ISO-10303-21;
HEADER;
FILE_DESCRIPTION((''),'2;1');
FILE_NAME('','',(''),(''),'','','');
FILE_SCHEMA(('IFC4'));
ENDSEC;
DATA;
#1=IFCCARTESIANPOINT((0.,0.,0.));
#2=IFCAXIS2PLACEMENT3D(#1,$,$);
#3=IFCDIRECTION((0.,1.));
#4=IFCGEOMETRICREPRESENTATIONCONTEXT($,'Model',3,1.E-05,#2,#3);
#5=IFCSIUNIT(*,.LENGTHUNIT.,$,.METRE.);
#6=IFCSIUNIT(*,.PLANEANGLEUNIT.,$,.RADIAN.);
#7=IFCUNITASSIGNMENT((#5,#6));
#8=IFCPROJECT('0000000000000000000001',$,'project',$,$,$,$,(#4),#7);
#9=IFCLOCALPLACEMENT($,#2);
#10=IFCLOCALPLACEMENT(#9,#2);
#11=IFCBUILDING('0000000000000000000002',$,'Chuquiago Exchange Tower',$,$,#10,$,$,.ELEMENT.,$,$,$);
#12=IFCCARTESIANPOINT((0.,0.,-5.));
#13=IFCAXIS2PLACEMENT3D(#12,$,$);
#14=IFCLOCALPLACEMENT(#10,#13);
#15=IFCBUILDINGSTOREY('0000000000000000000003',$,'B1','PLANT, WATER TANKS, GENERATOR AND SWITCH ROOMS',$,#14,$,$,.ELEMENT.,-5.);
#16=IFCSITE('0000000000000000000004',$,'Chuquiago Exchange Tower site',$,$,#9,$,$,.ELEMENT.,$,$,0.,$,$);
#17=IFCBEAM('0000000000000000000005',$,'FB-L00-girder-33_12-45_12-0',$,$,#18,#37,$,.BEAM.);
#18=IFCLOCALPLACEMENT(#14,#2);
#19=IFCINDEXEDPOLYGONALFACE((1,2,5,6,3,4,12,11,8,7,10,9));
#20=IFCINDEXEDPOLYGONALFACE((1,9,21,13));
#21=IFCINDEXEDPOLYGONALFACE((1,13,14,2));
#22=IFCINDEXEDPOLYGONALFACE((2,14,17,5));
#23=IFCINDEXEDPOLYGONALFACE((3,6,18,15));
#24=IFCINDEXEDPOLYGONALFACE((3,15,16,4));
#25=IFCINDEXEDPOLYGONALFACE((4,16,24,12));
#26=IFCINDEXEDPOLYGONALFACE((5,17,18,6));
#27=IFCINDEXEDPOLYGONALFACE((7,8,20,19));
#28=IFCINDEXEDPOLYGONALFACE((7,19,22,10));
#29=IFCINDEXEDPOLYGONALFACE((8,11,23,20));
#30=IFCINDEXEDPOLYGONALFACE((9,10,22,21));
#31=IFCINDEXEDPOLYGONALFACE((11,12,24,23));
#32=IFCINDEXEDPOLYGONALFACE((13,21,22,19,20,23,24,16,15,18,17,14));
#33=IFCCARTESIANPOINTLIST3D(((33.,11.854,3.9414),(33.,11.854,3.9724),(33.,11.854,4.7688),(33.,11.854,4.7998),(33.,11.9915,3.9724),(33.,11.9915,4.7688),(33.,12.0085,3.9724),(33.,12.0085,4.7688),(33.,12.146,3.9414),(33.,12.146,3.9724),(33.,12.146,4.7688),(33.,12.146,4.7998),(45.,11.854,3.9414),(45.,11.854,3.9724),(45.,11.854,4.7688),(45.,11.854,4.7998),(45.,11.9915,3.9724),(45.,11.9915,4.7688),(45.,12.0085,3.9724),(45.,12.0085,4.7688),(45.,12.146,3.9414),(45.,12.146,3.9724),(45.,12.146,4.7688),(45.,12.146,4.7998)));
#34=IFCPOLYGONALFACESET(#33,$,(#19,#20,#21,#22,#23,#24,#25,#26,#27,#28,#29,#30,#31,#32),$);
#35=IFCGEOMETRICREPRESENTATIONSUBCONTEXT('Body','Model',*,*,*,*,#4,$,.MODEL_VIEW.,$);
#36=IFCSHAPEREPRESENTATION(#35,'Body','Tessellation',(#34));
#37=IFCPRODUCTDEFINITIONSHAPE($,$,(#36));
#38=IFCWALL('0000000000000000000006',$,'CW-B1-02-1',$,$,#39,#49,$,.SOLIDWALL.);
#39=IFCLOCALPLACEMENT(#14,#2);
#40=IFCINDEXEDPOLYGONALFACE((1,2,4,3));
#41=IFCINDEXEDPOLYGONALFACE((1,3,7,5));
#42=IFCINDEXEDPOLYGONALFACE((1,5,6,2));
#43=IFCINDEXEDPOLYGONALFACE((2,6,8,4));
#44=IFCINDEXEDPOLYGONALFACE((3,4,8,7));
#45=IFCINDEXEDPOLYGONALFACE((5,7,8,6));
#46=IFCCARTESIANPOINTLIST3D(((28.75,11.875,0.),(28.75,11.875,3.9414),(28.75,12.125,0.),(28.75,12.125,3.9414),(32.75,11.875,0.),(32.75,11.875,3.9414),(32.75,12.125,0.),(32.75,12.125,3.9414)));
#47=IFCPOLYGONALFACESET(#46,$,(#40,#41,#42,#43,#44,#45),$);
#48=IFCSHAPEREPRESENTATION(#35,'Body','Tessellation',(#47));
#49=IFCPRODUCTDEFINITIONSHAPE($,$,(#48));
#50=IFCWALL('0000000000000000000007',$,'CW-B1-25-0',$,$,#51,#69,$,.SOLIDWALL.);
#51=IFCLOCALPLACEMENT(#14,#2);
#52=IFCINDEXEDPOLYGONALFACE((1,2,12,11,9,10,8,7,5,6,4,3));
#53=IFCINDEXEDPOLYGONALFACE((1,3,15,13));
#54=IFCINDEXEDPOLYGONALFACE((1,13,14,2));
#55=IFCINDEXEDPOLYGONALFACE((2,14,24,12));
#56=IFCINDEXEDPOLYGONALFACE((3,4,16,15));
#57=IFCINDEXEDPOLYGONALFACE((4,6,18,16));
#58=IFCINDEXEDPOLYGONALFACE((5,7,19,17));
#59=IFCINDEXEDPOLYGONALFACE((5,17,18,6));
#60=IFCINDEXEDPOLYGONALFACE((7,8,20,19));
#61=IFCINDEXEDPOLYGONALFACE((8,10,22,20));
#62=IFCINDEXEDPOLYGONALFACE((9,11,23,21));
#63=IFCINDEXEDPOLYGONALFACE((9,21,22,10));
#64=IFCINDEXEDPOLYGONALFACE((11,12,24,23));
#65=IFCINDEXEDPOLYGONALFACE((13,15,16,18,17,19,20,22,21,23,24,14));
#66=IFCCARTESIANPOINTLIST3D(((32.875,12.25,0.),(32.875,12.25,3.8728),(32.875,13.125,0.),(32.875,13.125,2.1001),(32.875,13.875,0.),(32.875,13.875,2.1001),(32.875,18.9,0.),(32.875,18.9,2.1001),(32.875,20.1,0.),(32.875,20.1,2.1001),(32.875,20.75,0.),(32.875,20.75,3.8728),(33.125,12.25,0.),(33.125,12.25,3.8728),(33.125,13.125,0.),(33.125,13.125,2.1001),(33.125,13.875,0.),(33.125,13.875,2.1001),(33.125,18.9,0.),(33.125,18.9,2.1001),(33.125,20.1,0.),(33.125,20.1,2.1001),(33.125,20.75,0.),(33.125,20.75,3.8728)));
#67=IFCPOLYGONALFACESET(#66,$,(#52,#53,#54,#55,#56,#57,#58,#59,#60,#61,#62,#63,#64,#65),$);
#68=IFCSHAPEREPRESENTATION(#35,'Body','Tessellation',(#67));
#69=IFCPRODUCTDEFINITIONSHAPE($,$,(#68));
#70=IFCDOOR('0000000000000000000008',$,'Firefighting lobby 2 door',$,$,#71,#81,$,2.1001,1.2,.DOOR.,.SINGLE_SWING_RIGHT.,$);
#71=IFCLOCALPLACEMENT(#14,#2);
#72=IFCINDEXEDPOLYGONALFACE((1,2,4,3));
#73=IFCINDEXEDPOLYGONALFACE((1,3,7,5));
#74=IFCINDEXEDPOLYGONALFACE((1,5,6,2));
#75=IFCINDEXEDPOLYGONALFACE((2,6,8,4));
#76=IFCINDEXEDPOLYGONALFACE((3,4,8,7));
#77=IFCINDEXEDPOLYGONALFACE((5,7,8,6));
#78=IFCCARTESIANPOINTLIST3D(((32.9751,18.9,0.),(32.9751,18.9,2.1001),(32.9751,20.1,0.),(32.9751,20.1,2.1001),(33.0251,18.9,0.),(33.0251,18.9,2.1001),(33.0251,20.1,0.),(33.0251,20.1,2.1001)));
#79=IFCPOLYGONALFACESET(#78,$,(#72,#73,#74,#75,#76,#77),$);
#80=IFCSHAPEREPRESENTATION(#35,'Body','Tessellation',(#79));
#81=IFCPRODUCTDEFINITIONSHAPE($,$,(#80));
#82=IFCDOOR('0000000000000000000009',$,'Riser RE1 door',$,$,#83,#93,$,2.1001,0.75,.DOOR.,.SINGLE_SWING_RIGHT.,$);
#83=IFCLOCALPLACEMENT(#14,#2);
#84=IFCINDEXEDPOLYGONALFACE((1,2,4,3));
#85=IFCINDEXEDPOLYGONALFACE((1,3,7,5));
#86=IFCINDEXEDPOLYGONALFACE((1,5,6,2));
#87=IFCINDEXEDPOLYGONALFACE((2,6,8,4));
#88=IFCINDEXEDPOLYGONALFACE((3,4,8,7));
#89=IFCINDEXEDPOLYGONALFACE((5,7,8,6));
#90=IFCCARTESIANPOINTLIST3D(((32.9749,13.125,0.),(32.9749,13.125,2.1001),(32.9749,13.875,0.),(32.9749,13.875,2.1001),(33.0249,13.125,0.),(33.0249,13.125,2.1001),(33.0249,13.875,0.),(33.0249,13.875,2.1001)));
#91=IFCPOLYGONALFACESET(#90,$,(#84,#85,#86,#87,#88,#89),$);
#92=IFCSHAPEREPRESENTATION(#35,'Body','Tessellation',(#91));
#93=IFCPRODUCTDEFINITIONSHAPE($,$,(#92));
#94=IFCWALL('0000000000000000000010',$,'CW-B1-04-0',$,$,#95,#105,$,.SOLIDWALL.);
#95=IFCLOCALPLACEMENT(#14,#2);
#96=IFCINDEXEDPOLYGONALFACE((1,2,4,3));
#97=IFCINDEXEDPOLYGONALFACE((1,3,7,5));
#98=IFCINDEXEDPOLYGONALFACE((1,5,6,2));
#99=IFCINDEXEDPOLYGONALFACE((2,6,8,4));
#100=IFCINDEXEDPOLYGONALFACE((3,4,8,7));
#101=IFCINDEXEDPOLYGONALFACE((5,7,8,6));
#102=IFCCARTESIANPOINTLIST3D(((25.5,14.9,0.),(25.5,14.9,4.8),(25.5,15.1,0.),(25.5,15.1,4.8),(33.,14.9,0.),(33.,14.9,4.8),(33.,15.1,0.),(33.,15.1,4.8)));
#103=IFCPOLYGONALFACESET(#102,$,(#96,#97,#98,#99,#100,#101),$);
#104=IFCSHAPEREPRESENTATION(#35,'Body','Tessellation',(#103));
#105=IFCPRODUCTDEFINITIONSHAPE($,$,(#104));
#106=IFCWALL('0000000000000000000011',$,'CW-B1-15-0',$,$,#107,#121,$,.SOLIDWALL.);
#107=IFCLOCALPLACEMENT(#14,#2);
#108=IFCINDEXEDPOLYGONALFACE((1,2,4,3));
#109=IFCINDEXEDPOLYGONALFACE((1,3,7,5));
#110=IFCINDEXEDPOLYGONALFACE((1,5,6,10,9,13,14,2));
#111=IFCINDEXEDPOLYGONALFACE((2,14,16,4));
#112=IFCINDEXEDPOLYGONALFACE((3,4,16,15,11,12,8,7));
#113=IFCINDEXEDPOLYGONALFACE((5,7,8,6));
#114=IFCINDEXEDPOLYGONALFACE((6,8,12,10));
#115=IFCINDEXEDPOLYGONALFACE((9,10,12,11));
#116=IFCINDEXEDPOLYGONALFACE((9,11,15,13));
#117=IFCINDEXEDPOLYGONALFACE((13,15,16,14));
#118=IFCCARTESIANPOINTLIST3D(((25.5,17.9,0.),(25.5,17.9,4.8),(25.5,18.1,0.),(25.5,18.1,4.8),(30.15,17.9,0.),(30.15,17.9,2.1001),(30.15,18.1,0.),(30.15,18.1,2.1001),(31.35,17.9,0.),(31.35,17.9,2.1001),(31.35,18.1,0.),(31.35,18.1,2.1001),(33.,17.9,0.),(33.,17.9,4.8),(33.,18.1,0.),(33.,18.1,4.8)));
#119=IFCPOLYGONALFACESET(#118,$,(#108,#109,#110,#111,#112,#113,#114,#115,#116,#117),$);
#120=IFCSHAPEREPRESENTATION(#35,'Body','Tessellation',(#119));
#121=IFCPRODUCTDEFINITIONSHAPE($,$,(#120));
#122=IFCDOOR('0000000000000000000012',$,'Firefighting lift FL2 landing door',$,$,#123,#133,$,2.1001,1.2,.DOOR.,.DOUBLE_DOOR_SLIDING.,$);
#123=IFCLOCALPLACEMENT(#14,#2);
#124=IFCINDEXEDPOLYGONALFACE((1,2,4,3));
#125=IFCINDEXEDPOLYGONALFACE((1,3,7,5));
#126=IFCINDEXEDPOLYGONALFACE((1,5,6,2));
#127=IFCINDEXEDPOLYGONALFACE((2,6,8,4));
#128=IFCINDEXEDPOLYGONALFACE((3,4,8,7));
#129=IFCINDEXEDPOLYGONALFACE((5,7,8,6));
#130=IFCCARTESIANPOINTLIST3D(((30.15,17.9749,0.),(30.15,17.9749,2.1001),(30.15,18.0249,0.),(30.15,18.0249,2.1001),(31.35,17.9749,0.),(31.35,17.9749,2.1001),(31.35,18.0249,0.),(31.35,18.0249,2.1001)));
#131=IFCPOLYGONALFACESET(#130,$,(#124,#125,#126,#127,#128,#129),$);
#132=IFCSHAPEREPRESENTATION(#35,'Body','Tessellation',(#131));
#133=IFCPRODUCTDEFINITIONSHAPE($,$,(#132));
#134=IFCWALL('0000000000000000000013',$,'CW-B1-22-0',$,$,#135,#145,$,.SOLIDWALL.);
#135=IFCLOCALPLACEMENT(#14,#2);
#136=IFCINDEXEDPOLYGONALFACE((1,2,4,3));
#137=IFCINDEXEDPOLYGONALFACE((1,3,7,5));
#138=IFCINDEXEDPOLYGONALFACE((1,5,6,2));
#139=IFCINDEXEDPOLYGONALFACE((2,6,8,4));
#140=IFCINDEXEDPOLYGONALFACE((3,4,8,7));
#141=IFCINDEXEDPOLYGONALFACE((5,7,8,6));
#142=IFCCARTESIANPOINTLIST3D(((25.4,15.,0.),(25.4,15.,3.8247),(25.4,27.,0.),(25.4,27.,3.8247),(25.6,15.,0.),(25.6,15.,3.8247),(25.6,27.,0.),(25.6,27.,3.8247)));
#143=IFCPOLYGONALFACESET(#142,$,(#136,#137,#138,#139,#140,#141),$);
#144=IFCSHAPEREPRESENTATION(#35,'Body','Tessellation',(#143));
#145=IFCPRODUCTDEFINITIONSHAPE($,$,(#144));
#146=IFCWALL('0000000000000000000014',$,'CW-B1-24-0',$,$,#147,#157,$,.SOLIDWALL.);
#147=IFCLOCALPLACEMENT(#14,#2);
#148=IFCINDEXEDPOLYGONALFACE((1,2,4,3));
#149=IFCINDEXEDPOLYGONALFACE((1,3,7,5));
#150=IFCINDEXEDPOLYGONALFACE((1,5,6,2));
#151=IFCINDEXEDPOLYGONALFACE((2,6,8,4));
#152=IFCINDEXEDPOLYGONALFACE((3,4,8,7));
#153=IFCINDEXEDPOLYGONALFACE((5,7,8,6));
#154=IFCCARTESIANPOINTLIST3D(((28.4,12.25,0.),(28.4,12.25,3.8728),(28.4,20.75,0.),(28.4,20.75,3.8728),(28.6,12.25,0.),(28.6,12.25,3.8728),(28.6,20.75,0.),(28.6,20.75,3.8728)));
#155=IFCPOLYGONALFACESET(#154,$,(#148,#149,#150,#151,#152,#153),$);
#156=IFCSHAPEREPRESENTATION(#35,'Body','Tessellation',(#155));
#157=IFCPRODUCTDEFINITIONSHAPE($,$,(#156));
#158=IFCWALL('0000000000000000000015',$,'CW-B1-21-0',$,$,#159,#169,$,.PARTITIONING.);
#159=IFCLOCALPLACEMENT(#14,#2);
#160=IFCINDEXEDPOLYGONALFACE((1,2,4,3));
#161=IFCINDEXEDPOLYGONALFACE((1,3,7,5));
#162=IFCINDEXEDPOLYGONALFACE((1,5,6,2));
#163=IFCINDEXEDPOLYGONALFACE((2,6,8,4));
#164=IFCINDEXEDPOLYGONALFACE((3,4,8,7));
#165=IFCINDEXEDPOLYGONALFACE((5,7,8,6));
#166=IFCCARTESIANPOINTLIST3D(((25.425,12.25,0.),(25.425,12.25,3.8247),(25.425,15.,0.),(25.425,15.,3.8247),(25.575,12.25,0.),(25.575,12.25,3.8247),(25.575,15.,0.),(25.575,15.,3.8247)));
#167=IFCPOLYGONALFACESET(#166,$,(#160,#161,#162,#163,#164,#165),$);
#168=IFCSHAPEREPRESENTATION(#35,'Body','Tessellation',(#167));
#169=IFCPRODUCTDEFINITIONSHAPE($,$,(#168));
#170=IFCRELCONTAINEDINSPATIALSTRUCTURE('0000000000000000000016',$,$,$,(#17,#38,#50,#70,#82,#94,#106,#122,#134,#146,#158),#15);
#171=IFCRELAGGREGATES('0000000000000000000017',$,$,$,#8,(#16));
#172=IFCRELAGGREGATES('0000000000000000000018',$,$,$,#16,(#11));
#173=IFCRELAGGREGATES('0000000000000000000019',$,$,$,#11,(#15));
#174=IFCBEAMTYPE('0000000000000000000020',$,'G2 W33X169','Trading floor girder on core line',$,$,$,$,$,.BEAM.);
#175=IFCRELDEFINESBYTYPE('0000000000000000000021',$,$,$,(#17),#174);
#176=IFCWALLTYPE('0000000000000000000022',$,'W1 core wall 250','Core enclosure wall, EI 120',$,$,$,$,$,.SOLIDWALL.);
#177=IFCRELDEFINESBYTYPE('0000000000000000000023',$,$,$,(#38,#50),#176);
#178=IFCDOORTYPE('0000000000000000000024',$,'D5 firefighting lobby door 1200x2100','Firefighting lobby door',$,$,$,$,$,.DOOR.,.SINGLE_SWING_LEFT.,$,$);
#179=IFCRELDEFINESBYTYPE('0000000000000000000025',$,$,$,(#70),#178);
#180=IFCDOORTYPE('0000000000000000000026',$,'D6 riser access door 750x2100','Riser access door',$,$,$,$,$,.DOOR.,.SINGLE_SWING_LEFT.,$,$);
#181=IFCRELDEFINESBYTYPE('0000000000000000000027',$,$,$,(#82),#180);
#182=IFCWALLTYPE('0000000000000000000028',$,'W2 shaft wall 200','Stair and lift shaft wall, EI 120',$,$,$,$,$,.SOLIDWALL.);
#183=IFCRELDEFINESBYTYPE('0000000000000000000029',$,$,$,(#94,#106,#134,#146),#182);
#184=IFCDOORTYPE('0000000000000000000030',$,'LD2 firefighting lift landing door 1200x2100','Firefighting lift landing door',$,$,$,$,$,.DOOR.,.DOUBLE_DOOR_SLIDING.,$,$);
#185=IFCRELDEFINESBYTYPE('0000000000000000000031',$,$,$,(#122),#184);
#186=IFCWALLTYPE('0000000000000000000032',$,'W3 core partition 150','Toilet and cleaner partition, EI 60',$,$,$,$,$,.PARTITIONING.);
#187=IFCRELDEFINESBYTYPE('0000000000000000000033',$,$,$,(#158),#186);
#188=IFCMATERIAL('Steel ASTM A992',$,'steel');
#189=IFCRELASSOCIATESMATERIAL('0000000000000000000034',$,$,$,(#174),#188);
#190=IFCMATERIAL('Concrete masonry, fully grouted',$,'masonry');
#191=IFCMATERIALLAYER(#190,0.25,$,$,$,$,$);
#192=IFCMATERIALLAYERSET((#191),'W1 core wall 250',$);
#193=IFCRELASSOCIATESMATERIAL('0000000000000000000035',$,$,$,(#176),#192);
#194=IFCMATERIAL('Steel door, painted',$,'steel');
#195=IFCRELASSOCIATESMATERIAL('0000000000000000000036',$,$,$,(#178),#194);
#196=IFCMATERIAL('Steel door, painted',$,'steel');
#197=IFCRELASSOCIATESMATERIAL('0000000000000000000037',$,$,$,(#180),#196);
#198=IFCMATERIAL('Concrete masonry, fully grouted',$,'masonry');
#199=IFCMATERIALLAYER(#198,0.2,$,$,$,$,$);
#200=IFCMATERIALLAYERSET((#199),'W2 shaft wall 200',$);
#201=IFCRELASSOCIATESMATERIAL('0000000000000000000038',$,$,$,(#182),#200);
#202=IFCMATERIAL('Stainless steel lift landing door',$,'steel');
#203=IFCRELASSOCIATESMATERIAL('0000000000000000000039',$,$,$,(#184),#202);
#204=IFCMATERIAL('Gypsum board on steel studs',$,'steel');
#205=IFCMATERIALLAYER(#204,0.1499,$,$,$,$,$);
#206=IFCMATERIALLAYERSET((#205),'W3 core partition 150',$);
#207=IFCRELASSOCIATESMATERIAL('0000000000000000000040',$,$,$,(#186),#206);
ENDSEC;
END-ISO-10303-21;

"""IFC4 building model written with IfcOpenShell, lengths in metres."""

from ifc_helpers import new_model, si_unit, direction, frame, frame_2d, origin, origin_2d, place, context, subcontext, project, spatial, rectangle, i_section, extrude, material, layer, layer_set, material_profile, profile_set, type_object, element, fill, save


model = new_model("IFC4")

# Units and contexts
model_context = context("Model", 3, precision=1e-05, world=origin(), true_north=direction((0.0, 1.0)))
body_context = subcontext(model_context, "Body", "Model", "MODEL_VIEW")
ifc_project = project(units=[si_unit("LENGTHUNIT", "METRE"), si_unit("PLANEANGLEUNIT", "RADIAN")], contexts=[model_context])

# Site, building, storey
site_placement = place(None, origin())
site = spatial("IfcSite", under=ifc_project, at=site_placement, Name="Chuquiago Exchange Tower site", CompositionType="ELEMENT", RefElevation=0.0)
building_placement = place(site_placement, origin())
building = spatial("IfcBuilding", under=site, at=building_placement, Name="Chuquiago Exchange Tower", CompositionType="ELEMENT")
storey_placement = place(building_placement, frame((0.0, 0.0, -5.0)))
storey = spatial("IfcBuildingStorey", under=building, at=storey_placement, Name="B1", Description="PLANT, WATER TANKS, GENERATOR AND SWITCH ROOMS", CompositionType="ELEMENT", Elevation=-5.0)

# Beam
ifc_material_1 = material(Name="Steel ASTM A992", Category="steel")
ifc_material_profile_1 = material_profile(ifc_material_1, i_section(OverallWidth=0.292, OverallDepth=0.8584, WebThickness=0.0171, FlangeThickness=0.031, at=origin_2d()), Name="W33X169")
ifc_profile_set_1 = profile_set([ifc_material_profile_1], Name="Steel ASTM A992")
beam_type_1 = type_object("IfcBeamType", Name="G2 W33X169", Description="Trading floor girder on core line", PredefinedType="BEAM", material=ifc_profile_set_1)
for number, where, z_axis, x_axis, name in (
    (1, (33.0, 12.0, 4.3706), (1.0, 0.0, 0.0), (0.0, 1.0, 0.0), "FB-L00-girder-33_12-45_12-0"),
):
    element("IfcBeam", number, at=place(storey_placement, frame(where, z_axis=z_axis, x_axis=x_axis)), inside=storey, type_object=beam_type_1, Name=name, PredefinedType="BEAM", context=body_context, shape_type="SweptSolid", body=[
        extrude(i_section(OverallWidth=0.292, OverallDepth=0.8584, WebThickness=0.0171, FlangeThickness=0.031, at=origin_2d()), origin(), (0.0, 0.0, 1.0), 12.0),
    ])

# Wall
ifc_material_2 = material(Name="Concrete masonry, fully grouted", Category="masonry")
ifc_layer_1 = layer(ifc_material_2, 0.25)
ifc_layer_set_1 = layer_set([ifc_layer_1], Name="W1 core wall 250")
wall_type_1 = type_object("IfcWallType", Name="W1 core wall 250", Description="Core enclosure wall, EI 120", PredefinedType="SOLIDWALL", material=ifc_layer_set_1)
wall_1_placement = place(storey_placement, frame((28.75, 12.0, 0.0), z_axis=(0.0, 0.0, 1.0), x_axis=(1.0, 0.0, 0.0)))
element("IfcWall", 2, at=wall_1_placement, inside=storey, type_object=wall_type_1, Name="CW-B1-02-1", PredefinedType="SOLIDWALL", context=body_context, shape_type="SweptSolid", body=[
    extrude(rectangle(XDim=4.0, YDim=0.25, at=frame_2d((2.0, 0.0))), origin(), (0.0, 0.0, 1.0), 3.9414),
])

# Wall, openings, doors
wall_2_placement = place(storey_placement, frame((33.0, 12.25, 0.0), z_axis=(0.0, 0.0, 1.0), x_axis=(0.0, 1.0, 0.0)))
wall_2 = element("IfcWall", 3, at=wall_2_placement, inside=storey, type_object=wall_type_1, Name="CW-B1-25-0", PredefinedType="SOLIDWALL", context=body_context, shape_type="SweptSolid", body=[
    extrude(rectangle(XDim=8.5, YDim=0.25, at=frame_2d((4.25, 0.0))), origin(), (0.0, 0.0, 1.0), 3.8728),
])
opening_1_placement = place(wall_2_placement, frame((6.6499, 0.0, 0.0)))
opening_1 = element("IfcOpeningElement", 4, at=opening_1_placement, cuts=wall_2, PredefinedType="OPENING", context=body_context, shape_type="SweptSolid", body=[
    extrude(rectangle(XDim=1.2, YDim=2.1001, at=frame_2d((0.6001, 1.05))), frame((0.0, 0.135, 0.0), z_axis=(0.0, -1.0, 0.0), x_axis=(1.0, 0.0, 0.0)), (0.0, 0.0, 1.0), 0.27),
])
opening_2_placement = place(wall_2_placement, frame((0.875, 0.0, 0.0)))
opening_2 = element("IfcOpeningElement", 5, at=opening_2_placement, cuts=wall_2, PredefinedType="OPENING", context=body_context, shape_type="SweptSolid", body=[
    extrude(rectangle(XDim=0.75, YDim=2.1001, at=frame_2d((0.375, 1.05))), frame((0.0, 0.135, 0.0), z_axis=(0.0, -1.0, 0.0), x_axis=(1.0, 0.0, 0.0)), (0.0, 0.0, 1.0), 0.27),
])
ifc_material_3 = material(Name="Steel door, painted", Category="steel")
door_type_1 = type_object("IfcDoorType", Name="D5 firefighting lobby door 1200x2100", Description="Firefighting lobby door", OperationType="SINGLE_SWING_LEFT", PredefinedType="DOOR", material=ifc_material_3)
door_1_placement = place(opening_1_placement, origin())
door_1 = element("IfcDoor", 6, at=door_1_placement, inside=storey, type_object=door_type_1, Name="Firefighting lobby 2 door", OperationType="SINGLE_SWING_RIGHT", OverallHeight=2.1001, OverallWidth=1.2, PredefinedType="DOOR", context=body_context, shape_type="SweptSolid", body=[
    extrude(rectangle(XDim=1.2, YDim=2.1001, at=frame_2d((0.6001, 1.05))), frame((0.0, 0.0249, 0.0), z_axis=(0.0, -1.0, 0.0), x_axis=(1.0, 0.0, 0.0)), (0.0, 0.0, 1.0), 0.05),
])
fill(opening_1, door_1)
ifc_material_4 = material(Name="Steel door, painted", Category="steel")
door_type_2 = type_object("IfcDoorType", Name="D6 riser access door 750x2100", Description="Riser access door", OperationType="SINGLE_SWING_LEFT", PredefinedType="DOOR", material=ifc_material_4)
door_2_placement = place(opening_2_placement, frame((0.75, 0.0, 0.0), z_axis=(0.0, 0.0, 1.0), x_axis=(-1.0, 0.0, 0.0)))
door_2 = element("IfcDoor", 7, at=door_2_placement, inside=storey, type_object=door_type_2, Name="Riser RE1 door", OperationType="SINGLE_SWING_RIGHT", OverallHeight=2.1001, OverallWidth=0.75, PredefinedType="DOOR", context=body_context, shape_type="SweptSolid", body=[
    extrude(rectangle(XDim=0.75, YDim=2.1001, at=frame_2d((0.375, 1.05))), frame((0.0, 0.0249, 0.0), z_axis=(0.0, -1.0, 0.0), x_axis=(1.0, 0.0, 0.0)), (0.0, 0.0, 1.0), 0.05),
])
fill(opening_2, door_2)

# Wall
ifc_material_5 = material(Name="Concrete masonry, fully grouted", Category="masonry")
ifc_layer_2 = layer(ifc_material_5, 0.2)
ifc_layer_set_2 = layer_set([ifc_layer_2], Name="W2 shaft wall 200")
wall_type_2 = type_object("IfcWallType", Name="W2 shaft wall 200", Description="Stair and lift shaft wall, EI 120", PredefinedType="SOLIDWALL", material=ifc_layer_set_2)
wall_3_placement = place(storey_placement, frame((25.5, 15.0, 0.0), z_axis=(0.0, 0.0, 1.0), x_axis=(1.0, 0.0, 0.0)))
element("IfcWall", 8, at=wall_3_placement, inside=storey, type_object=wall_type_2, Name="CW-B1-04-0", PredefinedType="SOLIDWALL", context=body_context, shape_type="SweptSolid", body=[
    extrude(rectangle(XDim=7.5, YDim=0.2, at=frame_2d((3.75, 0.0))), origin(), (0.0, 0.0, 1.0), 4.8),
])

# Wall, opening, door
wall_4_placement = place(storey_placement, frame((25.5, 18.0, 0.0), z_axis=(0.0, 0.0, 1.0), x_axis=(1.0, 0.0, 0.0)))
wall_4 = element("IfcWall", 9, at=wall_4_placement, inside=storey, type_object=wall_type_2, Name="CW-B1-15-0", PredefinedType="SOLIDWALL", context=body_context, shape_type="SweptSolid", body=[
    extrude(rectangle(XDim=7.5, YDim=0.2, at=frame_2d((3.75, 0.0))), origin(), (0.0, 0.0, 1.0), 4.8),
])
opening_3_placement = place(wall_4_placement, frame((4.6499, 0.0, 0.0)))
opening_3 = element("IfcOpeningElement", 10, at=opening_3_placement, cuts=wall_4, PredefinedType="OPENING", context=body_context, shape_type="SweptSolid", body=[
    extrude(rectangle(XDim=1.2, YDim=2.1001, at=frame_2d((0.6001, 1.05))), frame((0.0, 0.1099, 0.0), z_axis=(0.0, -1.0, 0.0), x_axis=(1.0, 0.0, 0.0)), (0.0, 0.0, 1.0), 0.22),
])
ifc_material_6 = material(Name="Stainless steel lift landing door", Category="steel")
door_type_3 = type_object("IfcDoorType", Name="LD2 firefighting lift landing door 1200x2100", Description="Firefighting lift landing door", OperationType="DOUBLE_DOOR_SLIDING", PredefinedType="DOOR", material=ifc_material_6)
door_3_placement = place(opening_3_placement, origin())
door_3 = element("IfcDoor", 11, at=door_3_placement, inside=storey, type_object=door_type_3, Name="Firefighting lift FL2 landing door", OperationType="DOUBLE_DOOR_SLIDING", OverallHeight=2.1001, OverallWidth=1.2, PredefinedType="DOOR", context=body_context, shape_type="SweptSolid", body=[
    extrude(rectangle(XDim=1.2, YDim=2.1001, at=frame_2d((0.6001, 1.05))), frame((0.0, 0.0249, 0.0), z_axis=(0.0, -1.0, 0.0), x_axis=(1.0, 0.0, 0.0)), (0.0, 0.0, 1.0), 0.05),
])
fill(opening_3, door_3)

# Walls
wall_5_placement = place(storey_placement, frame((25.5, 15.0, 0.0), z_axis=(0.0, 0.0, 1.0), x_axis=(0.0, 1.0, 0.0)))
element("IfcWall", 12, at=wall_5_placement, inside=storey, type_object=wall_type_2, Name="CW-B1-22-0", PredefinedType="SOLIDWALL", context=body_context, shape_type="SweptSolid", body=[
    extrude(rectangle(XDim=12.0, YDim=0.2, at=frame_2d((6.0, 0.0))), origin(), (0.0, 0.0, 1.0), 3.8247),
])
wall_6_placement = place(storey_placement, frame((28.5, 12.25, 0.0), z_axis=(0.0, 0.0, 1.0), x_axis=(0.0, 1.0, 0.0)))
element("IfcWall", 13, at=wall_6_placement, inside=storey, type_object=wall_type_2, Name="CW-B1-24-0", PredefinedType="SOLIDWALL", context=body_context, shape_type="SweptSolid", body=[
    extrude(rectangle(XDim=8.5, YDim=0.2, at=frame_2d((4.25, 0.0))), origin(), (0.0, 0.0, 1.0), 3.8728),
])
ifc_material_7 = material(Name="Gypsum board on steel studs", Category="steel")
ifc_layer_3 = layer(ifc_material_7, 0.1499)
ifc_layer_set_3 = layer_set([ifc_layer_3], Name="W3 core partition 150")
wall_type_3 = type_object("IfcWallType", Name="W3 core partition 150", Description="Toilet and cleaner partition, EI 60", PredefinedType="PARTITIONING", material=ifc_layer_set_3)
wall_7_placement = place(storey_placement, frame((25.5, 12.25, 0.0), z_axis=(0.0, 0.0, 1.0), x_axis=(0.0, 1.0, 0.0)))
element("IfcWall", 14, at=wall_7_placement, inside=storey, type_object=wall_type_3, Name="CW-B1-21-0", PredefinedType="PARTITIONING", context=body_context, shape_type="SweptSolid", body=[
    extrude(rectangle(XDim=2.75, YDim=0.1499, at=frame_2d((1.375, 0.0))), origin(), (0.0, 0.0, 1.0), 3.8247),
])

save(model, "model.ifc")
